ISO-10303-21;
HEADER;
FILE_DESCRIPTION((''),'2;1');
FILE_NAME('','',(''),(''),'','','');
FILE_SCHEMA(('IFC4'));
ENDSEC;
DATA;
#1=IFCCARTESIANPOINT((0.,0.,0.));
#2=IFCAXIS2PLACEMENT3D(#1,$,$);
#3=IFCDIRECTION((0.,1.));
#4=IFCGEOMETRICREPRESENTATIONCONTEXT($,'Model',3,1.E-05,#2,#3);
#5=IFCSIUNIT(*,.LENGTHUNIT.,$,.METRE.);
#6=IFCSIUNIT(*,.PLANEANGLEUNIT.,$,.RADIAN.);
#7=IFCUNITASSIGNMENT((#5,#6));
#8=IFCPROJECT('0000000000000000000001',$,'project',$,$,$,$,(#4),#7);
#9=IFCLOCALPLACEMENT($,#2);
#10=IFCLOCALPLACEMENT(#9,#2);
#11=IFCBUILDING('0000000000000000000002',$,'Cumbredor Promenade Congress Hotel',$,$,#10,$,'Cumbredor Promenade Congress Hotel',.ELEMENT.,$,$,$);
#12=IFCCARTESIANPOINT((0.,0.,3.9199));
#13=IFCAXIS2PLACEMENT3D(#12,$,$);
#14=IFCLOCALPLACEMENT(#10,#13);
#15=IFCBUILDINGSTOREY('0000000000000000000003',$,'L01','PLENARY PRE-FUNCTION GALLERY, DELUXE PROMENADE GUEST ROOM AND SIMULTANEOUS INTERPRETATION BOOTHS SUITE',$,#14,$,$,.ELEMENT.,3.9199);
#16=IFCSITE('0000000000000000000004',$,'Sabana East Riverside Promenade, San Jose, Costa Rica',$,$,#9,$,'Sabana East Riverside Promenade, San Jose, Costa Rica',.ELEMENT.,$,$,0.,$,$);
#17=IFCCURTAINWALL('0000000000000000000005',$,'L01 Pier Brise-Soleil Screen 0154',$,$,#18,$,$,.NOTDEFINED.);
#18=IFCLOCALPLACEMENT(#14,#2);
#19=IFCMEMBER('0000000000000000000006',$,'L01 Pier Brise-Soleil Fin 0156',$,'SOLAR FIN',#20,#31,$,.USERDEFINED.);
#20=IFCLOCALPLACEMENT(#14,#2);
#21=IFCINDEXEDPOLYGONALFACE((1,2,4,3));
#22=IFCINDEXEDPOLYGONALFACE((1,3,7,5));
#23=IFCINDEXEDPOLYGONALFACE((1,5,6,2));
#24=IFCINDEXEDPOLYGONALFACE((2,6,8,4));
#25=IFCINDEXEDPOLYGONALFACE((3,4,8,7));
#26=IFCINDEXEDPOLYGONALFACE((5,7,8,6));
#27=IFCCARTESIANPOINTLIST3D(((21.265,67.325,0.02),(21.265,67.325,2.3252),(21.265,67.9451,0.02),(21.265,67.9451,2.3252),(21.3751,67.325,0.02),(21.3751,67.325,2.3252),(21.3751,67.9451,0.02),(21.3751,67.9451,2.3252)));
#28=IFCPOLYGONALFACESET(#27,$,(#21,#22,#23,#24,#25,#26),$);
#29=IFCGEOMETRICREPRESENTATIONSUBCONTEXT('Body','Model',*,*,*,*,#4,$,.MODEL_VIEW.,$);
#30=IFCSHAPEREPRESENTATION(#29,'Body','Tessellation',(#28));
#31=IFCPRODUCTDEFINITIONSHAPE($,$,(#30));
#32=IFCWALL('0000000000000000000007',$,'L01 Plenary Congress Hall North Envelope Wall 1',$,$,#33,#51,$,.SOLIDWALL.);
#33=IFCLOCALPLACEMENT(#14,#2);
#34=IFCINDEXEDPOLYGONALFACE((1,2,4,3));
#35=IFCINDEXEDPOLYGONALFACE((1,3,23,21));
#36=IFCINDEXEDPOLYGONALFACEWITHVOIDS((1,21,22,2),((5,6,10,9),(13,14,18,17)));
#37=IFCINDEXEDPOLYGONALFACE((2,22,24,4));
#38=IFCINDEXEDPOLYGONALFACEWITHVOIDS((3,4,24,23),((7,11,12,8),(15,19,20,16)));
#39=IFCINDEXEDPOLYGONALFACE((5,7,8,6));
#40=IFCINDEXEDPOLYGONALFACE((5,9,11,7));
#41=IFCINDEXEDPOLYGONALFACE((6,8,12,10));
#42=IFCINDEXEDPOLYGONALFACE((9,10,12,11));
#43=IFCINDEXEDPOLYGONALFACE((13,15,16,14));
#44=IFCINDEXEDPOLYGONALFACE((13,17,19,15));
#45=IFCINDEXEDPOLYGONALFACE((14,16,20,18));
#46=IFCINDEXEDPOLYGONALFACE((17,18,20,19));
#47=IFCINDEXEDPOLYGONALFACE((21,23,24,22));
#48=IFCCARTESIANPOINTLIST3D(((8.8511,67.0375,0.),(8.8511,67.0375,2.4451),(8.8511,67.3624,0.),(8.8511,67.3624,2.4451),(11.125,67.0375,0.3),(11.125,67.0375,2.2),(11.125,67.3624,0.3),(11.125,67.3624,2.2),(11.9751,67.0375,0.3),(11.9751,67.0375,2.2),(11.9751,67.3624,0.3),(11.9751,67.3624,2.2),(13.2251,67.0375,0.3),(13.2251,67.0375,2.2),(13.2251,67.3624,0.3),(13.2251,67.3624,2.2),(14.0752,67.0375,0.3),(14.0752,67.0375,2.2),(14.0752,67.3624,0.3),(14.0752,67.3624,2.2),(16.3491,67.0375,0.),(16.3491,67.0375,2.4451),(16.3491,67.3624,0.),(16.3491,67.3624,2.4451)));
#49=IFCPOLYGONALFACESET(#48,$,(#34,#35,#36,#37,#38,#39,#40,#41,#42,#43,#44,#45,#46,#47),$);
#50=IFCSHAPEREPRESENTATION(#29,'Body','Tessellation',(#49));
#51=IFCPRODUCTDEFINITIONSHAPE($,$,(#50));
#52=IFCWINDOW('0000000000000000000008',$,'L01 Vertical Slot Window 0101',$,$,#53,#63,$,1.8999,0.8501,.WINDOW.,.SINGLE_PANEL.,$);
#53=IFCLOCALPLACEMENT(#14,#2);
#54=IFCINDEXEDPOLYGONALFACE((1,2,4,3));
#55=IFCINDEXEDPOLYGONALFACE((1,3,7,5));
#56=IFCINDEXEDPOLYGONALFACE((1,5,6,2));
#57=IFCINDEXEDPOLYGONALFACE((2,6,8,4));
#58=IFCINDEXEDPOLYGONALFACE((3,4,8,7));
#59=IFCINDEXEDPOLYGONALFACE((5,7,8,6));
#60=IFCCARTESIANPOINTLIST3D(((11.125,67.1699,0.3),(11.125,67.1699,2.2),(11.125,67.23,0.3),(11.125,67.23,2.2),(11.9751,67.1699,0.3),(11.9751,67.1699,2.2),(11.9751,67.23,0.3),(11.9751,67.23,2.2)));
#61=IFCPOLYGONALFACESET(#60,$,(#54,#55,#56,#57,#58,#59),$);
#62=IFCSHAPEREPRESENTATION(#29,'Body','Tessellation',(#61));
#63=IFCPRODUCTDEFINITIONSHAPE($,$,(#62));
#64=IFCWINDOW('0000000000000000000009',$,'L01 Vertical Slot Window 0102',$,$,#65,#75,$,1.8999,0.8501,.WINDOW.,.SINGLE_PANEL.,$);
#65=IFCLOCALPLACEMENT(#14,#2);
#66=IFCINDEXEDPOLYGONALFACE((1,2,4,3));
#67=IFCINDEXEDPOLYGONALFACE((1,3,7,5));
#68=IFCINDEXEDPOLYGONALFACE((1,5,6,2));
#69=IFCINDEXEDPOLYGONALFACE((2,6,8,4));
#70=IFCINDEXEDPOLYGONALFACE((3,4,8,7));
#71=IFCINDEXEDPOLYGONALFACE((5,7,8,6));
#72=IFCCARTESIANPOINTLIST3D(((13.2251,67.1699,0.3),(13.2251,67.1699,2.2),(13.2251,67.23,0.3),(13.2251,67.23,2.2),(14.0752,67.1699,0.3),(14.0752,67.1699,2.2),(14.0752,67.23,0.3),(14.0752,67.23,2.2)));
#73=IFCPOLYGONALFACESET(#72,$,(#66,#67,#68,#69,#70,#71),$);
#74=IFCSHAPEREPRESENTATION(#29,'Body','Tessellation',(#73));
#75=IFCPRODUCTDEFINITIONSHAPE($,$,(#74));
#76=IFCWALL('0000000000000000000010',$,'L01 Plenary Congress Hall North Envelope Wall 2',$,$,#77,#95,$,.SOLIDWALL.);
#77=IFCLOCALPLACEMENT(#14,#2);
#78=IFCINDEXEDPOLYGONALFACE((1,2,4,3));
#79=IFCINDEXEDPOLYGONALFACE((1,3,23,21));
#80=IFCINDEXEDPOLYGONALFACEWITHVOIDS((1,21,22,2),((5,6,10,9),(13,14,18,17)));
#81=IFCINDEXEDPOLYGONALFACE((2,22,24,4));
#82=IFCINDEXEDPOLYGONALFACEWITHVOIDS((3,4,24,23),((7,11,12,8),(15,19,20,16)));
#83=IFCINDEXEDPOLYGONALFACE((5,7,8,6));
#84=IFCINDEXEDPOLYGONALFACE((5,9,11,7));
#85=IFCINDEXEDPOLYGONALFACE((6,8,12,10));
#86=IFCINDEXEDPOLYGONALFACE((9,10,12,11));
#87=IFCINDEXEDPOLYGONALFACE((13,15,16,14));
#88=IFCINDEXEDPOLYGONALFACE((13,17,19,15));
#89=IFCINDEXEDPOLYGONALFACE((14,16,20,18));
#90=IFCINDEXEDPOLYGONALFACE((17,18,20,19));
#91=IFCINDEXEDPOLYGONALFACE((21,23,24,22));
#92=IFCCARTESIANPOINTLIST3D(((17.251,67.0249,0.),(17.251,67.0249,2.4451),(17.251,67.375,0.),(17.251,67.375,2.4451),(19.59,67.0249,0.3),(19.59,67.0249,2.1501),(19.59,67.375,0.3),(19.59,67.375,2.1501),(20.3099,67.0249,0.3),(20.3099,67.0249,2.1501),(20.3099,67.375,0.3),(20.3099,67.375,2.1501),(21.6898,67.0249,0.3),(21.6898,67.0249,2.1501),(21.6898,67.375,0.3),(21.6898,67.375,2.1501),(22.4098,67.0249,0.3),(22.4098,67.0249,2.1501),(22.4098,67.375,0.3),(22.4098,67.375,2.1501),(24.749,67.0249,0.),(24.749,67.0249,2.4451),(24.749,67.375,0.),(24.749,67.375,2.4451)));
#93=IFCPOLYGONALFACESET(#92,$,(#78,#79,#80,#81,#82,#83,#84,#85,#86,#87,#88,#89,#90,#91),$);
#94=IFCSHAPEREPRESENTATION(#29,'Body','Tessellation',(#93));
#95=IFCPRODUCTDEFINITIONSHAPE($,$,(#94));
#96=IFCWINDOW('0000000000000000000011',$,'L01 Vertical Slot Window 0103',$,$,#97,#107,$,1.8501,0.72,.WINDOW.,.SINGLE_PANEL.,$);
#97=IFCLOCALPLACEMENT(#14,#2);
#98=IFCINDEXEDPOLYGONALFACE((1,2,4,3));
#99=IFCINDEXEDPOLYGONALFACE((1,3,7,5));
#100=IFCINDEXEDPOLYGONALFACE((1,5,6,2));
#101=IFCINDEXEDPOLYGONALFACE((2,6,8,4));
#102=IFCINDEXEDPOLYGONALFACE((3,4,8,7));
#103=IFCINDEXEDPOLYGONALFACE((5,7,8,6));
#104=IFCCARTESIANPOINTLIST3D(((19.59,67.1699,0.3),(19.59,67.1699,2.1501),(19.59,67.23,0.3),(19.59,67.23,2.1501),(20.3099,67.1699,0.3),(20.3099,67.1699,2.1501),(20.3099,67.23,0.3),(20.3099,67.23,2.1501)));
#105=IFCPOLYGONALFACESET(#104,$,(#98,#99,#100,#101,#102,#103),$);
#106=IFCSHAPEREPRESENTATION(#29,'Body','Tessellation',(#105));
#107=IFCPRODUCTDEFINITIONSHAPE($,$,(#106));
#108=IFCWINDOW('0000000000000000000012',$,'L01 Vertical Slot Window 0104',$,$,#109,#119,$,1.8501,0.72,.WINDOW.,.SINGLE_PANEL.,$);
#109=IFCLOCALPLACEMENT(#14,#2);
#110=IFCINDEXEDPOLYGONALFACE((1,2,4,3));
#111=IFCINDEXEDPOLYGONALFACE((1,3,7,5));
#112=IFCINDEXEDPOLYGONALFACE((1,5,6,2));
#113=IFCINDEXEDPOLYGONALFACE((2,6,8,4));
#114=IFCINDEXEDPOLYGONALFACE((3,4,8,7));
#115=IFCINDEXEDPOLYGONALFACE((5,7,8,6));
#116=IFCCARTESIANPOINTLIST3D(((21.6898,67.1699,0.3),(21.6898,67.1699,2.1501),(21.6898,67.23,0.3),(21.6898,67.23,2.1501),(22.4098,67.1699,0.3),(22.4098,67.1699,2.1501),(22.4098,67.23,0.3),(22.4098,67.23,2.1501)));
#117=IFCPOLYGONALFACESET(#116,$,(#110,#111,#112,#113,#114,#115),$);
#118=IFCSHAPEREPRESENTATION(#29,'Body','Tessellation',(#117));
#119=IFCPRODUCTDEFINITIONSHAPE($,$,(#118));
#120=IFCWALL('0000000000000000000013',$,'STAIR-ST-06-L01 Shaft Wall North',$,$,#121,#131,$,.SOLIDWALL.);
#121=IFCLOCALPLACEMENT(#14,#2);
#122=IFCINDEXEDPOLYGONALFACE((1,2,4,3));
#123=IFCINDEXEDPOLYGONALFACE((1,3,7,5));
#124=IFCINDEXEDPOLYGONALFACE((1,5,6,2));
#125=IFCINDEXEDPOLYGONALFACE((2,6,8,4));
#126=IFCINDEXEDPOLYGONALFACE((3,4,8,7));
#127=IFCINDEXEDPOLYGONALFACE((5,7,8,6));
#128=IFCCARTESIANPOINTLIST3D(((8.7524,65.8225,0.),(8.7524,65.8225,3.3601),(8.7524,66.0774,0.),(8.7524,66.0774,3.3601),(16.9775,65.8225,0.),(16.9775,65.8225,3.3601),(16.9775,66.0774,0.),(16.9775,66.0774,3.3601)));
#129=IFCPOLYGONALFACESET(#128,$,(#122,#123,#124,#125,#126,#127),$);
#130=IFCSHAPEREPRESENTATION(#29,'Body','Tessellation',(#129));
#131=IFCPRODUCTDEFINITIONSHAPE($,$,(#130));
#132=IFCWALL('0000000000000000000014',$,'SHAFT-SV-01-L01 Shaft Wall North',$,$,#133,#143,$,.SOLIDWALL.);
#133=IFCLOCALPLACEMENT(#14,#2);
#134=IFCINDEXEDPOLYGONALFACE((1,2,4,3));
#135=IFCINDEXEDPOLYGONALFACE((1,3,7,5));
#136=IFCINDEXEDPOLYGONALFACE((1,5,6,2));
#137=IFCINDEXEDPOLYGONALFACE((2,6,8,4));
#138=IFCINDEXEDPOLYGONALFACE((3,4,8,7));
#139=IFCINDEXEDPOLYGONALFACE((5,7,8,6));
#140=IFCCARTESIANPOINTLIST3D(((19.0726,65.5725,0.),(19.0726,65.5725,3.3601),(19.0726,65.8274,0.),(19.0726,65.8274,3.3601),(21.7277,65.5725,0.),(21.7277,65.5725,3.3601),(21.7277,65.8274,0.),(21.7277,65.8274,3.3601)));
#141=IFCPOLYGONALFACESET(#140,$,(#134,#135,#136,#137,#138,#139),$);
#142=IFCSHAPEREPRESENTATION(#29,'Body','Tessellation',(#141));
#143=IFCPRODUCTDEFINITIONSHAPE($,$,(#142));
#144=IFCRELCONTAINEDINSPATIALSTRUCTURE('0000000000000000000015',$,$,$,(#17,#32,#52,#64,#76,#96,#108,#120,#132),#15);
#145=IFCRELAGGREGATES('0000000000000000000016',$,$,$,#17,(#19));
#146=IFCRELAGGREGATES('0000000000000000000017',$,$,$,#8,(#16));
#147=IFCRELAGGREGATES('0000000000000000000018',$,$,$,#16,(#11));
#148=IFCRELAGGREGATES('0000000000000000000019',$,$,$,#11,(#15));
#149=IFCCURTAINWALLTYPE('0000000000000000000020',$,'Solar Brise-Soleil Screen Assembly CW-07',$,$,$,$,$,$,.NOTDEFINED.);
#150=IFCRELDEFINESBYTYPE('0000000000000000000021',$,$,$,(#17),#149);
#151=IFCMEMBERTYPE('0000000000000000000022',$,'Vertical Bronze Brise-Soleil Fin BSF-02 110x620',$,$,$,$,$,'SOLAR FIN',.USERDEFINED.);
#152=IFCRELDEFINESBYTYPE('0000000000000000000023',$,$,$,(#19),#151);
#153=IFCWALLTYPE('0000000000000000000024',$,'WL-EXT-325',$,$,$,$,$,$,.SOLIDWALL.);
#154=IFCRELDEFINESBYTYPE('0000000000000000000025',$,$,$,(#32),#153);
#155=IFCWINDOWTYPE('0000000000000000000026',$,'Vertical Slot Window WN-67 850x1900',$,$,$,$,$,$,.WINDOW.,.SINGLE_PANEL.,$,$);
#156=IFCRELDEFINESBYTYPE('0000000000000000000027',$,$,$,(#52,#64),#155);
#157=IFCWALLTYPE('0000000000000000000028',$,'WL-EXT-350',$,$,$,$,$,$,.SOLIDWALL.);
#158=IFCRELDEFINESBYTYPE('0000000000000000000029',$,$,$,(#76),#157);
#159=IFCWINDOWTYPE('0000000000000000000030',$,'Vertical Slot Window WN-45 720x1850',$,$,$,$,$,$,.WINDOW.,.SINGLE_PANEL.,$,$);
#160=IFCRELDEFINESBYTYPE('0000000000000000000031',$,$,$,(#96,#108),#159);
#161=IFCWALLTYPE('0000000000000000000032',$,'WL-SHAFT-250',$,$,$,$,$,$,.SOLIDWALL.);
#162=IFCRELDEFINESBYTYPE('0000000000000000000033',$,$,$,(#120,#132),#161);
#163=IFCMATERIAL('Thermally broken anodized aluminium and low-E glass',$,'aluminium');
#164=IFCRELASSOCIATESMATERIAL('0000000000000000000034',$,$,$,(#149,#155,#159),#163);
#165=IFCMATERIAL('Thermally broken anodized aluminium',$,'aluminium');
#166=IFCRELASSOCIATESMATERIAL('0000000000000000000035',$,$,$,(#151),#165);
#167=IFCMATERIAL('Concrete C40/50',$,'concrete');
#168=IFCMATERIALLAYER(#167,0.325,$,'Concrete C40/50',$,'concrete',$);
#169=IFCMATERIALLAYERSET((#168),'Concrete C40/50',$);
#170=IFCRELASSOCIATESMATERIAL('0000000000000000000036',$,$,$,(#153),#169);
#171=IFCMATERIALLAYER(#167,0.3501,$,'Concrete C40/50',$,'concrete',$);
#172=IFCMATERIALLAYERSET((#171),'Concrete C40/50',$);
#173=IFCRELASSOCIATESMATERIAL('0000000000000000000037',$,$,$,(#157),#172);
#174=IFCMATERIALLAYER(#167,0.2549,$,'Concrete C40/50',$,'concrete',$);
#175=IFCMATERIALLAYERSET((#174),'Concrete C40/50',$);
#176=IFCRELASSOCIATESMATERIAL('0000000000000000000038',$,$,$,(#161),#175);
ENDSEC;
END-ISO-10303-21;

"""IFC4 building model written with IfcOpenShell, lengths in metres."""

from ifc_helpers import new_model, si_unit, direction, frame, frame_2d, origin, origin_2d, place, context, subcontext, project, spatial, rectangle, extrude, material, layer, layer_set, material_profile, profile_set, type_object, element, fill, aggregate, save


model = new_model("IFC4")

# Units and contexts
model_context = context("Model", 3, precision=1e-05, world=origin(), true_north=direction((0.0, 1.0)))
body_context = subcontext(model_context, "Body", "Model", "MODEL_VIEW")
ifc_project = project(units=[si_unit("LENGTHUNIT", "METRE"), si_unit("PLANEANGLEUNIT", "RADIAN")], contexts=[model_context])

# Site, building, storey
site_placement = place(None, origin())
site = spatial("IfcSite", under=ifc_project, at=site_placement, Name="Sabana East Riverside Promenade, San Jose, Costa Rica", LongName="Sabana East Riverside Promenade, San Jose, Costa Rica", CompositionType="ELEMENT", RefElevation=0.0)
building_placement = place(site_placement, origin())
building = spatial("IfcBuilding", under=site, at=building_placement, Name="Cumbredor Promenade Congress Hotel", LongName="Cumbredor Promenade Congress Hotel", CompositionType="ELEMENT")
storey_placement = place(building_placement, frame((0.0, 0.0, 3.9199)))
storey = spatial("IfcBuildingStorey", under=building, at=storey_placement, Name="L01", Description="PLENARY PRE-FUNCTION GALLERY, DELUXE PROMENADE GUEST ROOM AND SIMULTANEOUS INTERPRETATION BOOTHS SUITE", CompositionType="ELEMENT", Elevation=3.9199)

# Curtain wall
ifc_material_1 = material(Name="Thermally broken anodized aluminium and low-E glass", Category="aluminium")
ifc_material_2 = material(Name="Thermally broken anodized aluminium", Category="aluminium")
curtain_wall_type_1 = type_object("IfcCurtainWallType", Name="Solar Brise-Soleil Screen Assembly CW-07", PredefinedType="NOTDEFINED", material=ifc_material_1)
curtain_wall_1_placement = place(storey_placement, origin())
curtain_wall_1 = element("IfcCurtainWall", 1, at=curtain_wall_1_placement, inside=storey, type_object=curtain_wall_type_1, Name="L01 Pier Brise-Soleil Screen 0154", PredefinedType="NOTDEFINED")

# Shared definitions
ifc_material_3 = material(Name="Concrete C40/50", Category="concrete")

# Member
ifc_material_profile_1 = material_profile(ifc_material_2, rectangle(XDim=0.1101, YDim=0.6201, at=origin_2d()), Name="ARCH FIN 110x620")
ifc_profile_set_1 = profile_set([ifc_material_profile_1], Name="Thermally broken anodized aluminium")
member_type_1 = type_object("IfcMemberType", Name="Vertical Bronze Brise-Soleil Fin BSF-02 110x620", ElementType="SOLAR FIN", PredefinedType="USERDEFINED", material=ifc_profile_set_1)
member_1_placement = place(storey_placement, frame((21.3201, 67.635, 0.02), z_axis=(0.0, 0.0, 1.0), x_axis=(1.0, 0.0, 0.0)))
member_1 = element("IfcMember", 2, at=member_1_placement, type_object=member_type_1, Name="L01 Pier Brise-Soleil Fin 0156", ObjectType="SOLAR FIN", PredefinedType="USERDEFINED", context=body_context, shape_type="SweptSolid", body=[
    extrude(rectangle(XDim=0.1101, YDim=0.6201, at=origin_2d()), origin(), (0.0, 0.0, 1.0), 2.3052),
])
aggregate(curtain_wall_1, [member_1])

# Walls, openings, windows
ifc_layer_1 = layer(ifc_material_3, 0.325, Name="Concrete C40/50", Category="concrete")
ifc_layer_set_1 = layer_set([ifc_layer_1], Name="Concrete C40/50")
wall_type_1 = type_object("IfcWallType", Name="WL-EXT-325", PredefinedType="SOLIDWALL", material=ifc_layer_set_1)
wall_1_placement = place(storey_placement, frame((8.8511, 67.2, 0.0), z_axis=(0.0, 0.0, 1.0), x_axis=(1.0, 0.0, 0.0)))
wall_1 = element("IfcWall", 3, at=wall_1_placement, inside=storey, type_object=wall_type_1, Name="L01 Plenary Congress Hall North Envelope Wall 1", PredefinedType="SOLIDWALL", context=body_context, shape_type="SweptSolid", body=[
    extrude(rectangle(XDim=7.498, YDim=0.325, at=frame_2d((3.749, 0.0))), origin(), (0.0, 0.0, 1.0), 2.4451),
])
opening_1_placement = place(wall_1_placement, frame((2.2739, 0.0, 0.3)))
opening_1 = element("IfcOpeningElement", 4, at=opening_1_placement, cuts=wall_1, PredefinedType="OPENING", context=body_context, shape_type="SweptSolid", body=[
    extrude(rectangle(XDim=0.8501, YDim=1.8999, at=frame_2d((0.425, 0.95))), frame((0.0, 0.1724, 0.0), z_axis=(0.0, -1.0, 0.0), x_axis=(1.0, 0.0, 0.0)), (0.0, 0.0, 1.0), 0.345),
])
opening_2_placement = place(wall_1_placement, frame((4.374, 0.0, 0.3)))
opening_2 = element("IfcOpeningElement", 5, at=opening_2_placement, cuts=wall_1, PredefinedType="OPENING", context=body_context, shape_type="SweptSolid", body=[
    extrude(rectangle(XDim=0.8501, YDim=1.8999, at=frame_2d((0.425, 0.95))), frame((0.0, 0.1724, 0.0), z_axis=(0.0, -1.0, 0.0), x_axis=(1.0, 0.0, 0.0)), (0.0, 0.0, 1.0), 0.345),
])
window_type_1 = type_object("IfcWindowType", Name="Vertical Slot Window WN-67 850x1900", PartitioningType="SINGLE_PANEL", PredefinedType="WINDOW", material=ifc_material_1)
window_1_placement = place(opening_1_placement, origin())
window_1 = element("IfcWindow", 6, at=window_1_placement, inside=storey, type_object=window_type_1, Name="L01 Vertical Slot Window 0101", OverallHeight=1.8999, OverallWidth=0.8501, PartitioningType="SINGLE_PANEL", PredefinedType="WINDOW", context=body_context, shape_type="SweptSolid", body=[
    extrude(rectangle(XDim=0.8501, YDim=1.8999, at=frame_2d((0.425, 0.95))), frame((0.0, 0.03, 0.0), z_axis=(0.0, -1.0, 0.0), x_axis=(1.0, 0.0, 0.0)), (0.0, 0.0, 1.0), 0.0601),
])
fill(opening_1, window_1)
window_2_placement = place(opening_2_placement, origin())
window_2 = element("IfcWindow", 7, at=window_2_placement, inside=storey, type_object=window_type_1, Name="L01 Vertical Slot Window 0102", OverallHeight=1.8999, OverallWidth=0.8501, PartitioningType="SINGLE_PANEL", PredefinedType="WINDOW", context=body_context, shape_type="SweptSolid", body=[
    extrude(rectangle(XDim=0.8501, YDim=1.8999, at=frame_2d((0.425, 0.95))), frame((0.0, 0.03, 0.0), z_axis=(0.0, -1.0, 0.0), x_axis=(1.0, 0.0, 0.0)), (0.0, 0.0, 1.0), 0.0601),
])
fill(opening_2, window_2)
ifc_layer_2 = layer(ifc_material_3, 0.3501, Name="Concrete C40/50", Category="concrete")
ifc_layer_set_2 = layer_set([ifc_layer_2], Name="Concrete C40/50")
wall_type_2 = type_object("IfcWallType", Name="WL-EXT-350", PredefinedType="SOLIDWALL", material=ifc_layer_set_2)
wall_2_placement = place(storey_placement, frame((17.251, 67.2, 0.0), z_axis=(0.0, 0.0, 1.0), x_axis=(1.0, 0.0, 0.0)))
wall_2 = element("IfcWall", 8, at=wall_2_placement, inside=storey, type_object=wall_type_2, Name="L01 Plenary Congress Hall North Envelope Wall 2", PredefinedType="SOLIDWALL", context=body_context, shape_type="SweptSolid", body=[
    extrude(rectangle(XDim=7.498, YDim=0.3501, at=frame_2d((3.749, 0.0))), origin(), (0.0, 0.0, 1.0), 2.4451),
])
opening_3_placement = place(wall_2_placement, frame((2.3391, 0.0, 0.3)))
opening_3 = element("IfcOpeningElement", 9, at=opening_3_placement, cuts=wall_2, PredefinedType="OPENING", context=body_context, shape_type="SweptSolid", body=[
    extrude(rectangle(XDim=0.72, YDim=1.8501, at=frame_2d((0.3599, 0.925))), frame((0.0, 0.1851, 0.0), z_axis=(0.0, -1.0, 0.0), x_axis=(1.0, 0.0, 0.0)), (0.0, 0.0, 1.0), 0.3701),
])
opening_4_placement = place(wall_2_placement, frame((4.439, 0.0, 0.3)))
opening_4 = element("IfcOpeningElement", 10, at=opening_4_placement, cuts=wall_2, PredefinedType="OPENING", context=body_context, shape_type="SweptSolid", body=[
    extrude(rectangle(XDim=0.72, YDim=1.8501, at=frame_2d((0.3599, 0.925))), frame((0.0, 0.1851, 0.0), z_axis=(0.0, -1.0, 0.0), x_axis=(1.0, 0.0, 0.0)), (0.0, 0.0, 1.0), 0.3701),
])
window_type_2 = type_object("IfcWindowType", Name="Vertical Slot Window WN-45 720x1850", PartitioningType="SINGLE_PANEL", PredefinedType="WINDOW", material=ifc_material_1)
window_3_placement = place(opening_3_placement, origin())
window_3 = element("IfcWindow", 11, at=window_3_placement, inside=storey, type_object=window_type_2, Name="L01 Vertical Slot Window 0103", OverallHeight=1.8501, OverallWidth=0.72, PartitioningType="SINGLE_PANEL", PredefinedType="WINDOW", context=body_context, shape_type="SweptSolid", body=[
    extrude(rectangle(XDim=0.72, YDim=1.8501, at=frame_2d((0.3599, 0.925))), frame((0.0, 0.03, 0.0), z_axis=(0.0, -1.0, 0.0), x_axis=(1.0, 0.0, 0.0)), (0.0, 0.0, 1.0), 0.0601),
])
fill(opening_3, window_3)
window_4_placement = place(opening_4_placement, origin())
window_4 = element("IfcWindow", 12, at=window_4_placement, inside=storey, type_object=window_type_2, Name="L01 Vertical Slot Window 0104", OverallHeight=1.8501, OverallWidth=0.72, PartitioningType="SINGLE_PANEL", PredefinedType="WINDOW", context=body_context, shape_type="SweptSolid", body=[
    extrude(rectangle(XDim=0.72, YDim=1.8501, at=frame_2d((0.3599, 0.925))), frame((0.0, 0.03, 0.0), z_axis=(0.0, -1.0, 0.0), x_axis=(1.0, 0.0, 0.0)), (0.0, 0.0, 1.0), 0.0601),
])
fill(opening_4, window_4)

# Walls
ifc_layer_3 = layer(ifc_material_3, 0.2549, Name="Concrete C40/50", Category="concrete")
ifc_layer_set_3 = layer_set([ifc_layer_3], Name="Concrete C40/50")
wall_type_3 = type_object("IfcWallType", Name="WL-SHAFT-250", PredefinedType="SOLIDWALL", material=ifc_layer_set_3)
wall_3_placement = place(storey_placement, frame((8.7524, 65.95, 0.0), z_axis=(0.0, 0.0, 1.0), x_axis=(1.0, 0.0, 0.0)))
element("IfcWall", 13, at=wall_3_placement, inside=storey, type_object=wall_type_3, Name="STAIR-ST-06-L01 Shaft Wall North", PredefinedType="SOLIDWALL", context=body_context, shape_type="SweptSolid", body=[
    extrude(rectangle(XDim=8.2251, YDim=0.2549, at=frame_2d((4.1125, 0.0))), origin(), (0.0, 0.0, 1.0), 3.3601),
])
wall_4_placement = place(storey_placement, frame((19.0725, 65.7, 0.0), z_axis=(0.0, 0.0, 1.0), x_axis=(1.0, 0.0, 0.0)))
element("IfcWall", 14, at=wall_4_placement, inside=storey, type_object=wall_type_3, Name="SHAFT-SV-01-L01 Shaft Wall North", PredefinedType="SOLIDWALL", context=body_context, shape_type="SweptSolid", body=[
    extrude(rectangle(XDim=2.655, YDim=0.2549, at=frame_2d((1.3276, 0.0))), origin(), (0.0, 0.0, 1.0), 3.3601),
])

save(model, "model.ifc")
